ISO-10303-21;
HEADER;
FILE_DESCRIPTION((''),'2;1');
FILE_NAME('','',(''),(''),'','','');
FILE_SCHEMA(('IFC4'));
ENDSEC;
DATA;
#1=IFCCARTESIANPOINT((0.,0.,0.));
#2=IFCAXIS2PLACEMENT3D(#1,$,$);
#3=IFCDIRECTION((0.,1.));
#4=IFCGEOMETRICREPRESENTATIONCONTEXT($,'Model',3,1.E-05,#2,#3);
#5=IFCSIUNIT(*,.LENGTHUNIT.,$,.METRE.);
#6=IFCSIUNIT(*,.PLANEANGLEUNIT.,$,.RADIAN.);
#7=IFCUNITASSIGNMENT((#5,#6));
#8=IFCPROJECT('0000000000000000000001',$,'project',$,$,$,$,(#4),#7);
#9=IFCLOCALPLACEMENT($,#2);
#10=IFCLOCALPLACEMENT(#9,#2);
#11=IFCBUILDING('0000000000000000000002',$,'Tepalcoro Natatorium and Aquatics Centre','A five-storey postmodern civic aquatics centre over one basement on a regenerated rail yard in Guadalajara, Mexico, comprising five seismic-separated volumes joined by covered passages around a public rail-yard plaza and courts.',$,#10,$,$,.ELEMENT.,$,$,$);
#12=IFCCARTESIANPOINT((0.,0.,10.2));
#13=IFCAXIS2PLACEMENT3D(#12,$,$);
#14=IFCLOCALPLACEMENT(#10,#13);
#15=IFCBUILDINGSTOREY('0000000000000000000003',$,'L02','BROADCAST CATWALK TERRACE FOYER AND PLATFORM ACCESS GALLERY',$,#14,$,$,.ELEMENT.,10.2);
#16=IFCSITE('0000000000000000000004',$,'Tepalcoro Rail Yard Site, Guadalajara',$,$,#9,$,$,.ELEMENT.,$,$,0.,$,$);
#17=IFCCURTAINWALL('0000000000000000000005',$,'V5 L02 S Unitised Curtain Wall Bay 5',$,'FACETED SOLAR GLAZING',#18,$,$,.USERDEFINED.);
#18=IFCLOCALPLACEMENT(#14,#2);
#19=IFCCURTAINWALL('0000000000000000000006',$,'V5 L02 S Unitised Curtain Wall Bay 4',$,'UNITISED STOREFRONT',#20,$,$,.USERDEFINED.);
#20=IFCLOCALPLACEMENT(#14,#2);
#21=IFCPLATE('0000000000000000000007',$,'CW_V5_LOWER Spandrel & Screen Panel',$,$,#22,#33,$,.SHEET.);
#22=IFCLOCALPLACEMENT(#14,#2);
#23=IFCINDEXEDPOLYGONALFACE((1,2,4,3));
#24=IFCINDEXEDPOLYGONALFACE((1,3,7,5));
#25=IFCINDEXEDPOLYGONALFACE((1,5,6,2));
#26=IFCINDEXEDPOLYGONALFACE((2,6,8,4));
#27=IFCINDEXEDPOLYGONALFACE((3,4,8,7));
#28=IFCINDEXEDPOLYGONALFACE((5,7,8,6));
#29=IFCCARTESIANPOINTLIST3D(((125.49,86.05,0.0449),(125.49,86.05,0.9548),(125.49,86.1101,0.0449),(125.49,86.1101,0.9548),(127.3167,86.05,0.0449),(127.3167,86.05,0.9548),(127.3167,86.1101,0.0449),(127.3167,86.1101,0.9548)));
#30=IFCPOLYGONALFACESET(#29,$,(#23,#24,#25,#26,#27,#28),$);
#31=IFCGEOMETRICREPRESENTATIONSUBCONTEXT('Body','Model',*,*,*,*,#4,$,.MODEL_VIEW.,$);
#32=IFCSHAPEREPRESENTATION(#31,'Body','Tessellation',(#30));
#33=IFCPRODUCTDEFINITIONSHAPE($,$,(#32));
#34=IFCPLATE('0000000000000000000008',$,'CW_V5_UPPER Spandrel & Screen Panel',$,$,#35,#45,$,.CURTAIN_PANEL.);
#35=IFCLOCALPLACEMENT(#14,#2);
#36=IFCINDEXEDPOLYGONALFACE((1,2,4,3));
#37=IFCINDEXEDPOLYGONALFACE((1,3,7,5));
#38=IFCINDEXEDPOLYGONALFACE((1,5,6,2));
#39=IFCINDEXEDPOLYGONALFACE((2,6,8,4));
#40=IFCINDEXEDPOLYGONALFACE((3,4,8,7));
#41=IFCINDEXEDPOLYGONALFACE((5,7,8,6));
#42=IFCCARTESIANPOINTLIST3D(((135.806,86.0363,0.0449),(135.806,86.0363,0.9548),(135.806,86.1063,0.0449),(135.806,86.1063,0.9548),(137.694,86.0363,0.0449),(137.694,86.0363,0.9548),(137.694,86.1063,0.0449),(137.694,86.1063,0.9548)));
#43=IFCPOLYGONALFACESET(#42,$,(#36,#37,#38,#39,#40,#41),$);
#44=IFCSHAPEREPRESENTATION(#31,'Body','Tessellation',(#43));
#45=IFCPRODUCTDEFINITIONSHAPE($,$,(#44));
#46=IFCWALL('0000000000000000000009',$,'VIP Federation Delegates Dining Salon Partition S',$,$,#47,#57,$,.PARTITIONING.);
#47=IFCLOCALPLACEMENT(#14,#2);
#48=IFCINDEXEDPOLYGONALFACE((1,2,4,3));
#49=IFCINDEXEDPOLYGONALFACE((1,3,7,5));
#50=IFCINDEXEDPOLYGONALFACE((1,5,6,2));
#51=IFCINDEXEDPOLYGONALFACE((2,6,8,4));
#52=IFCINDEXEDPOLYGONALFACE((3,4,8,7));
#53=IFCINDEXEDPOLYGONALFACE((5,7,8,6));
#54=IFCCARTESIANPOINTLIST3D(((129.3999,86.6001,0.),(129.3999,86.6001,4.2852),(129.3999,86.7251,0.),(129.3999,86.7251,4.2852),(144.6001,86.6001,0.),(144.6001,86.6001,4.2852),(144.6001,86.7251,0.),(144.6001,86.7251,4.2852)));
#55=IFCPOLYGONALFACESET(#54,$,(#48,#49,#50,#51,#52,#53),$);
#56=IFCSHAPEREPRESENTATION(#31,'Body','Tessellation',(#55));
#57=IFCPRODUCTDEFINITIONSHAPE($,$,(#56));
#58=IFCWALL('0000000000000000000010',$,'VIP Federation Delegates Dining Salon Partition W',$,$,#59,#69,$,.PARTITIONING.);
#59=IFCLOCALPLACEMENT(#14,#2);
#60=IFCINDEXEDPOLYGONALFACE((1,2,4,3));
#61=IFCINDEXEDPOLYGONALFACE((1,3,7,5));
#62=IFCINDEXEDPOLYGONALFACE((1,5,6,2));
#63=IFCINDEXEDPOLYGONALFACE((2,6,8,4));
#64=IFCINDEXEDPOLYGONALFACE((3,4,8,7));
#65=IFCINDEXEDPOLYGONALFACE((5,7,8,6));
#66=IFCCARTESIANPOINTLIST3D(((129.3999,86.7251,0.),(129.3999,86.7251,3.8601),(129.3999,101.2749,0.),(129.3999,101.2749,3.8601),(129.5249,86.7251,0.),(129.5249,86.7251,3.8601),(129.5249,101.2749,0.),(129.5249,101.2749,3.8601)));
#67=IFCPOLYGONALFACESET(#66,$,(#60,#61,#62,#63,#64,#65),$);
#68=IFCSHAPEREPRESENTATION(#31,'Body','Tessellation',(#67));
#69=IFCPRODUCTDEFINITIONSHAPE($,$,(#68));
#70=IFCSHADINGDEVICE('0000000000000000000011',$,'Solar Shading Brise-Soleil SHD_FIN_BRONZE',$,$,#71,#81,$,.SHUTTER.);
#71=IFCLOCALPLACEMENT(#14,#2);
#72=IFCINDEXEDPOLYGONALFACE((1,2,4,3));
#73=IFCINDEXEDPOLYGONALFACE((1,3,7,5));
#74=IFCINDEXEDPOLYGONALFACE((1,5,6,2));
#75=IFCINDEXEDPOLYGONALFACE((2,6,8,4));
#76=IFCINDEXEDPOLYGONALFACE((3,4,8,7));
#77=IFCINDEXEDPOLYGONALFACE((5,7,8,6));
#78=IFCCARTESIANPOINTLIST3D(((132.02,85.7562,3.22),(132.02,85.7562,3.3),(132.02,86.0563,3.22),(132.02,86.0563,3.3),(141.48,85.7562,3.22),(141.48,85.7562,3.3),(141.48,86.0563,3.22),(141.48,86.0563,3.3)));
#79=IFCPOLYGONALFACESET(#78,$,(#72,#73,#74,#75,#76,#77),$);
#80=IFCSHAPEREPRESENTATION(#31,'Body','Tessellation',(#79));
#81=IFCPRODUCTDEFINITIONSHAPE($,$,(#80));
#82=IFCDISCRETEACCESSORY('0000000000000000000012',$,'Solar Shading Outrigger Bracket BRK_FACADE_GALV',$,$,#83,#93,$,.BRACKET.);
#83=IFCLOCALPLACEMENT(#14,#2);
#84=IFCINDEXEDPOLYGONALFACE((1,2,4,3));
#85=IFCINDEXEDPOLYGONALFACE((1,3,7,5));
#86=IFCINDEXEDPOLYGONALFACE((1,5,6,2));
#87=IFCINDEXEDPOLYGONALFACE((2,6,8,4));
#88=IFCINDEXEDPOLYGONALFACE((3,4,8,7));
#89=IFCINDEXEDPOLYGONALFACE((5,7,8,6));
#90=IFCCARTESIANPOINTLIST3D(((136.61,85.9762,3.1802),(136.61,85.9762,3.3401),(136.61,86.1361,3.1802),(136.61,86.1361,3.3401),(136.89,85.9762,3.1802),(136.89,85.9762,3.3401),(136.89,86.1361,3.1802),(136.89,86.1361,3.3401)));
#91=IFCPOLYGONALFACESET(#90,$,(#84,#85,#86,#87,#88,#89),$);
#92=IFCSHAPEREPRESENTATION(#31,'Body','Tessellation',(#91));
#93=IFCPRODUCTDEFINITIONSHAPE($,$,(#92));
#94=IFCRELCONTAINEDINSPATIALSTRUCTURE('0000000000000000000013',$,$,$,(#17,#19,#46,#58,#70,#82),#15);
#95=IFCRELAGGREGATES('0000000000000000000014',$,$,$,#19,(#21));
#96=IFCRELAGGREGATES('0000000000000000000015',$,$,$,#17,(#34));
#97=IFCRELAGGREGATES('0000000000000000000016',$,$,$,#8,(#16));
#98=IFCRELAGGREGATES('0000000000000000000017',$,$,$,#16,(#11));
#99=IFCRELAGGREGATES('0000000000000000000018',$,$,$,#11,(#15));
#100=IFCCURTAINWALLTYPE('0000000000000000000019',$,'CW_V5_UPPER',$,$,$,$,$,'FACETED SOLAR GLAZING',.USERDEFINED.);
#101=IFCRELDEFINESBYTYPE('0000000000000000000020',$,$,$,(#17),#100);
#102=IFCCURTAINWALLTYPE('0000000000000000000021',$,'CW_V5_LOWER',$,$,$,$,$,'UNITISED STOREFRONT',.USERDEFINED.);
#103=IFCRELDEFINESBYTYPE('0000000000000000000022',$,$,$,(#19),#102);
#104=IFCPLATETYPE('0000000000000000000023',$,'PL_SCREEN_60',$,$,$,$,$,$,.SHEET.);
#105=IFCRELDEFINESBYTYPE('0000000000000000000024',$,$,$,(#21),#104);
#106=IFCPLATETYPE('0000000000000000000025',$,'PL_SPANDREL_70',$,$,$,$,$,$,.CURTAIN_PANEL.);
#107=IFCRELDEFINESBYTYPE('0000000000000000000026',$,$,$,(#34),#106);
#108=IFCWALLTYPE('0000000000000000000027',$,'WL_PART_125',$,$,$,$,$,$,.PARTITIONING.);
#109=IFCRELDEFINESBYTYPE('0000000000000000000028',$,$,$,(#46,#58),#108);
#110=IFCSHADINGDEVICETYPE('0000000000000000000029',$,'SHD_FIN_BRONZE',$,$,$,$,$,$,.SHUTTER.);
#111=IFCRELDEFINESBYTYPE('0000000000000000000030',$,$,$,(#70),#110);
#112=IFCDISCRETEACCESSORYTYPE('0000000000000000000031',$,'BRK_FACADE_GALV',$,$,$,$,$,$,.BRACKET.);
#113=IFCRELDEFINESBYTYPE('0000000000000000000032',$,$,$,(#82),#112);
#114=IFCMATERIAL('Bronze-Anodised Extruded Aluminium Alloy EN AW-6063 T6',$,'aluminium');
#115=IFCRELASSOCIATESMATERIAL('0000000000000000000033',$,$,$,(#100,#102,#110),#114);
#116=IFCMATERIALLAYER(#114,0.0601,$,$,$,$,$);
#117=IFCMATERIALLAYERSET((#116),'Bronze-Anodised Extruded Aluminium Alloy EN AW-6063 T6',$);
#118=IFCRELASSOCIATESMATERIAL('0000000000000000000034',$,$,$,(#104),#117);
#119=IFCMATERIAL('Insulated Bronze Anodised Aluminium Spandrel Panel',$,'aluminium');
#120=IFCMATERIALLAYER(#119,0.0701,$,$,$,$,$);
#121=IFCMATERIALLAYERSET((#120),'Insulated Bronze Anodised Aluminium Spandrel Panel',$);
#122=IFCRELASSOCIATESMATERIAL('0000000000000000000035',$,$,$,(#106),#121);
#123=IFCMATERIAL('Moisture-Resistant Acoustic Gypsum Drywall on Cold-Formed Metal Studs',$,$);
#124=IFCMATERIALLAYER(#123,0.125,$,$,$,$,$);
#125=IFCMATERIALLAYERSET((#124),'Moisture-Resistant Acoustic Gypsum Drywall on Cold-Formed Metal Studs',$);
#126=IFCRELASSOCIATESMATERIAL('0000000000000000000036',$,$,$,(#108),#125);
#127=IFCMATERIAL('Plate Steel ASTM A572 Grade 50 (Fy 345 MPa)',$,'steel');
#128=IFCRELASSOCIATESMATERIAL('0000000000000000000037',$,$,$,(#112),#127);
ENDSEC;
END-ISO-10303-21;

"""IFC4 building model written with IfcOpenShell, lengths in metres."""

from ifc_helpers import new_model, si_unit, direction, frame, frame_2d, origin, origin_2d, place, context, subcontext, project, spatial, rectangle, extrude, material, layer, layer_set, type_object, element, aggregate, save


model = new_model("IFC4")

# Units and contexts
model_context = context("Model", 3, precision=1e-05, world=origin(), true_north=direction((0.0, 1.0)))
body_context = subcontext(model_context, "Body", "Model", "MODEL_VIEW")
ifc_project = project(units=[si_unit("LENGTHUNIT", "METRE"), si_unit("PLANEANGLEUNIT", "RADIAN")], contexts=[model_context])

# Site, building, storey
site_placement = place(None, origin())
site = spatial("IfcSite", under=ifc_project, at=site_placement, Name="Tepalcoro Rail Yard Site, Guadalajara", CompositionType="ELEMENT", RefElevation=0.0)
building_placement = place(site_placement, origin())
building = spatial("IfcBuilding", under=site, at=building_placement, Name="Tepalcoro Natatorium and Aquatics Centre", Description="A five-storey postmodern civic aquatics centre over one basement on a regenerated rail yard in Guadalajara, Mexico, comprising five seismic-separated volumes joined by covered passages around a public rail-yard plaza and courts.", CompositionType="ELEMENT")
storey_placement = place(building_placement, frame((0.0, 0.0, 10.2)))
storey = spatial("IfcBuildingStorey", under=building, at=storey_placement, Name="L02", Description="BROADCAST CATWALK TERRACE FOYER AND PLATFORM ACCESS GALLERY", CompositionType="ELEMENT", Elevation=10.2)

# Curtain walls
ifc_material_1 = material(Name="Bronze-Anodised Extruded Aluminium Alloy EN AW-6063 T6", Category="aluminium")
curtain_wall_type_1 = type_object("IfcCurtainWallType", Name="CW_V5_UPPER", ElementType="FACETED SOLAR GLAZING", PredefinedType="USERDEFINED", material=ifc_material_1)
curtain_wall_1_placement = place(storey_placement, origin())
curtain_wall_1 = element("IfcCurtainWall", 1, at=curtain_wall_1_placement, inside=storey, type_object=curtain_wall_type_1, Name="V5 L02 S Unitised Curtain Wall Bay 5", ObjectType="FACETED SOLAR GLAZING", PredefinedType="USERDEFINED")
curtain_wall_type_2 = type_object("IfcCurtainWallType", Name="CW_V5_LOWER", ElementType="UNITISED STOREFRONT", PredefinedType="USERDEFINED", material=ifc_material_1)
curtain_wall_2_placement = place(storey_placement, origin())
curtain_wall_2 = element("IfcCurtainWall", 2, at=curtain_wall_2_placement, inside=storey, type_object=curtain_wall_type_2, Name="V5 L02 S Unitised Curtain Wall Bay 4", ObjectType="UNITISED STOREFRONT", PredefinedType="USERDEFINED")

# Plates
ifc_layer_1 = layer(ifc_material_1, 0.0601)
ifc_layer_set_1 = layer_set([ifc_layer_1], Name="Bronze-Anodised Extruded Aluminium Alloy EN AW-6063 T6")
plate_type_1 = type_object("IfcPlateType", Name="PL_SCREEN_60", PredefinedType="SHEET", material=ifc_layer_set_1)
plate_1_placement = place(storey_placement, frame((126.4033, 86.0801, 0.0449), z_axis=(0.0, 0.0, 1.0), x_axis=(1.0, 0.0, 0.0)))
plate_1 = element("IfcPlate", 3, at=plate_1_placement, type_object=plate_type_1, Name="CW_V5_LOWER Spandrel & Screen Panel", PredefinedType="SHEET", context=body_context, shape_type="SweptSolid", body=[
    extrude(rectangle(XDim=1.8267, YDim=0.0601, at=origin_2d()), origin(), (0.0, 0.0, 1.0), 0.9099),
])
aggregate(curtain_wall_2, [plate_1])
ifc_material_2 = material(Name="Insulated Bronze Anodised Aluminium Spandrel Panel", Category="aluminium")
ifc_layer_2 = layer(ifc_material_2, 0.0701)
ifc_layer_set_2 = layer_set([ifc_layer_2], Name="Insulated Bronze Anodised Aluminium Spandrel Panel")
plate_type_2 = type_object("IfcPlateType", Name="PL_SPANDREL_70", PredefinedType="CURTAIN_PANEL", material=ifc_layer_set_2)
plate_2_placement = place(storey_placement, frame((136.75, 86.0713, 0.0449), z_axis=(0.0, 0.0, 1.0), x_axis=(1.0, 0.0, 0.0)))
plate_2 = element("IfcPlate", 4, at=plate_2_placement, type_object=plate_type_2, Name="CW_V5_UPPER Spandrel & Screen Panel", PredefinedType="CURTAIN_PANEL", context=body_context, shape_type="SweptSolid", body=[
    extrude(rectangle(XDim=1.8879, YDim=0.0701, at=origin_2d()), origin(), (0.0, 0.0, 1.0), 0.9099),
])
aggregate(curtain_wall_1, [plate_2])

# Walls
ifc_material_3 = material(Name="Moisture-Resistant Acoustic Gypsum Drywall on Cold-Formed Metal Studs")
ifc_layer_3 = layer(ifc_material_3, 0.125)
ifc_layer_set_3 = layer_set([ifc_layer_3], Name="Moisture-Resistant Acoustic Gypsum Drywall on Cold-Formed Metal Studs")
wall_type = type_object("IfcWallType", Name="WL_PART_125", PredefinedType="PARTITIONING", material=ifc_layer_set_3)
wall_1_placement = place(storey_placement, frame((129.3999, 86.6626, 0.0), z_axis=(0.0, 0.0, 1.0), x_axis=(1.0, 0.0, 0.0)))
element("IfcWall", 5, at=wall_1_placement, inside=storey, type_object=wall_type, Name="VIP Federation Delegates Dining Salon Partition S", PredefinedType="PARTITIONING", context=body_context, shape_type="SweptSolid", body=[
    extrude(rectangle(XDim=15.2002, YDim=0.125, at=frame_2d((7.6001, 0.0))), origin(), (0.0, 0.0, 1.0), 4.2852),
])
wall_2_placement = place(storey_placement, frame((129.4624, 86.7251, 0.0), z_axis=(0.0, 0.0, 1.0), x_axis=(0.0, 1.0, 0.0)))
element("IfcWall", 6, at=wall_2_placement, inside=storey, type_object=wall_type, Name="VIP Federation Delegates Dining Salon Partition W", PredefinedType="PARTITIONING", context=body_context, shape_type="SweptSolid", body=[
    extrude(rectangle(XDim=14.5498, YDim=0.125, at=frame_2d((7.2749, 0.0))), origin(), (0.0, 0.0, 1.0), 3.8601),
])

# Shading device
shading_device_type = type_object("IfcShadingDeviceType", Name="SHD_FIN_BRONZE", PredefinedType="SHUTTER", material=ifc_material_1)
shading_device_placement = place(storey_placement, frame((136.75, 85.9062, 3.22), z_axis=(0.0, 0.0, 1.0), x_axis=(1.0, 0.0, 0.0)))
element("IfcShadingDevice", 7, at=shading_device_placement, inside=storey, type_object=shading_device_type, Name="Solar Shading Brise-Soleil SHD_FIN_BRONZE", PredefinedType="SHUTTER", context=body_context, shape_type="SweptSolid", body=[
    extrude(rectangle(XDim=9.46, YDim=0.3, at=origin_2d()), origin(), (0.0, 0.0, 1.0), 0.0801),
])

# Discrete accessory
ifc_material_4 = material(Name="Plate Steel ASTM A572 Grade 50 (Fy 345 MPa)", Category="steel")
discrete_accessory_type = type_object("IfcDiscreteAccessoryType", Name="BRK_FACADE_GALV", PredefinedType="BRACKET", material=ifc_material_4)
discrete_accessory_placement = place(storey_placement, frame((136.75, 86.0562, 3.1802), z_axis=(0.0, 0.0, 1.0), x_axis=(1.0, 0.0, 0.0)))
element("IfcDiscreteAccessory", 8, at=discrete_accessory_placement, inside=storey, type_object=discrete_accessory_type, Name="Solar Shading Outrigger Bracket BRK_FACADE_GALV", PredefinedType="BRACKET", context=body_context, shape_type="SweptSolid", body=[
    extrude(rectangle(XDim=0.28, YDim=0.1599, at=origin_2d()), origin(), (0.0, 0.0, 1.0), 0.1599),
])

save(model, "model.ifc")
